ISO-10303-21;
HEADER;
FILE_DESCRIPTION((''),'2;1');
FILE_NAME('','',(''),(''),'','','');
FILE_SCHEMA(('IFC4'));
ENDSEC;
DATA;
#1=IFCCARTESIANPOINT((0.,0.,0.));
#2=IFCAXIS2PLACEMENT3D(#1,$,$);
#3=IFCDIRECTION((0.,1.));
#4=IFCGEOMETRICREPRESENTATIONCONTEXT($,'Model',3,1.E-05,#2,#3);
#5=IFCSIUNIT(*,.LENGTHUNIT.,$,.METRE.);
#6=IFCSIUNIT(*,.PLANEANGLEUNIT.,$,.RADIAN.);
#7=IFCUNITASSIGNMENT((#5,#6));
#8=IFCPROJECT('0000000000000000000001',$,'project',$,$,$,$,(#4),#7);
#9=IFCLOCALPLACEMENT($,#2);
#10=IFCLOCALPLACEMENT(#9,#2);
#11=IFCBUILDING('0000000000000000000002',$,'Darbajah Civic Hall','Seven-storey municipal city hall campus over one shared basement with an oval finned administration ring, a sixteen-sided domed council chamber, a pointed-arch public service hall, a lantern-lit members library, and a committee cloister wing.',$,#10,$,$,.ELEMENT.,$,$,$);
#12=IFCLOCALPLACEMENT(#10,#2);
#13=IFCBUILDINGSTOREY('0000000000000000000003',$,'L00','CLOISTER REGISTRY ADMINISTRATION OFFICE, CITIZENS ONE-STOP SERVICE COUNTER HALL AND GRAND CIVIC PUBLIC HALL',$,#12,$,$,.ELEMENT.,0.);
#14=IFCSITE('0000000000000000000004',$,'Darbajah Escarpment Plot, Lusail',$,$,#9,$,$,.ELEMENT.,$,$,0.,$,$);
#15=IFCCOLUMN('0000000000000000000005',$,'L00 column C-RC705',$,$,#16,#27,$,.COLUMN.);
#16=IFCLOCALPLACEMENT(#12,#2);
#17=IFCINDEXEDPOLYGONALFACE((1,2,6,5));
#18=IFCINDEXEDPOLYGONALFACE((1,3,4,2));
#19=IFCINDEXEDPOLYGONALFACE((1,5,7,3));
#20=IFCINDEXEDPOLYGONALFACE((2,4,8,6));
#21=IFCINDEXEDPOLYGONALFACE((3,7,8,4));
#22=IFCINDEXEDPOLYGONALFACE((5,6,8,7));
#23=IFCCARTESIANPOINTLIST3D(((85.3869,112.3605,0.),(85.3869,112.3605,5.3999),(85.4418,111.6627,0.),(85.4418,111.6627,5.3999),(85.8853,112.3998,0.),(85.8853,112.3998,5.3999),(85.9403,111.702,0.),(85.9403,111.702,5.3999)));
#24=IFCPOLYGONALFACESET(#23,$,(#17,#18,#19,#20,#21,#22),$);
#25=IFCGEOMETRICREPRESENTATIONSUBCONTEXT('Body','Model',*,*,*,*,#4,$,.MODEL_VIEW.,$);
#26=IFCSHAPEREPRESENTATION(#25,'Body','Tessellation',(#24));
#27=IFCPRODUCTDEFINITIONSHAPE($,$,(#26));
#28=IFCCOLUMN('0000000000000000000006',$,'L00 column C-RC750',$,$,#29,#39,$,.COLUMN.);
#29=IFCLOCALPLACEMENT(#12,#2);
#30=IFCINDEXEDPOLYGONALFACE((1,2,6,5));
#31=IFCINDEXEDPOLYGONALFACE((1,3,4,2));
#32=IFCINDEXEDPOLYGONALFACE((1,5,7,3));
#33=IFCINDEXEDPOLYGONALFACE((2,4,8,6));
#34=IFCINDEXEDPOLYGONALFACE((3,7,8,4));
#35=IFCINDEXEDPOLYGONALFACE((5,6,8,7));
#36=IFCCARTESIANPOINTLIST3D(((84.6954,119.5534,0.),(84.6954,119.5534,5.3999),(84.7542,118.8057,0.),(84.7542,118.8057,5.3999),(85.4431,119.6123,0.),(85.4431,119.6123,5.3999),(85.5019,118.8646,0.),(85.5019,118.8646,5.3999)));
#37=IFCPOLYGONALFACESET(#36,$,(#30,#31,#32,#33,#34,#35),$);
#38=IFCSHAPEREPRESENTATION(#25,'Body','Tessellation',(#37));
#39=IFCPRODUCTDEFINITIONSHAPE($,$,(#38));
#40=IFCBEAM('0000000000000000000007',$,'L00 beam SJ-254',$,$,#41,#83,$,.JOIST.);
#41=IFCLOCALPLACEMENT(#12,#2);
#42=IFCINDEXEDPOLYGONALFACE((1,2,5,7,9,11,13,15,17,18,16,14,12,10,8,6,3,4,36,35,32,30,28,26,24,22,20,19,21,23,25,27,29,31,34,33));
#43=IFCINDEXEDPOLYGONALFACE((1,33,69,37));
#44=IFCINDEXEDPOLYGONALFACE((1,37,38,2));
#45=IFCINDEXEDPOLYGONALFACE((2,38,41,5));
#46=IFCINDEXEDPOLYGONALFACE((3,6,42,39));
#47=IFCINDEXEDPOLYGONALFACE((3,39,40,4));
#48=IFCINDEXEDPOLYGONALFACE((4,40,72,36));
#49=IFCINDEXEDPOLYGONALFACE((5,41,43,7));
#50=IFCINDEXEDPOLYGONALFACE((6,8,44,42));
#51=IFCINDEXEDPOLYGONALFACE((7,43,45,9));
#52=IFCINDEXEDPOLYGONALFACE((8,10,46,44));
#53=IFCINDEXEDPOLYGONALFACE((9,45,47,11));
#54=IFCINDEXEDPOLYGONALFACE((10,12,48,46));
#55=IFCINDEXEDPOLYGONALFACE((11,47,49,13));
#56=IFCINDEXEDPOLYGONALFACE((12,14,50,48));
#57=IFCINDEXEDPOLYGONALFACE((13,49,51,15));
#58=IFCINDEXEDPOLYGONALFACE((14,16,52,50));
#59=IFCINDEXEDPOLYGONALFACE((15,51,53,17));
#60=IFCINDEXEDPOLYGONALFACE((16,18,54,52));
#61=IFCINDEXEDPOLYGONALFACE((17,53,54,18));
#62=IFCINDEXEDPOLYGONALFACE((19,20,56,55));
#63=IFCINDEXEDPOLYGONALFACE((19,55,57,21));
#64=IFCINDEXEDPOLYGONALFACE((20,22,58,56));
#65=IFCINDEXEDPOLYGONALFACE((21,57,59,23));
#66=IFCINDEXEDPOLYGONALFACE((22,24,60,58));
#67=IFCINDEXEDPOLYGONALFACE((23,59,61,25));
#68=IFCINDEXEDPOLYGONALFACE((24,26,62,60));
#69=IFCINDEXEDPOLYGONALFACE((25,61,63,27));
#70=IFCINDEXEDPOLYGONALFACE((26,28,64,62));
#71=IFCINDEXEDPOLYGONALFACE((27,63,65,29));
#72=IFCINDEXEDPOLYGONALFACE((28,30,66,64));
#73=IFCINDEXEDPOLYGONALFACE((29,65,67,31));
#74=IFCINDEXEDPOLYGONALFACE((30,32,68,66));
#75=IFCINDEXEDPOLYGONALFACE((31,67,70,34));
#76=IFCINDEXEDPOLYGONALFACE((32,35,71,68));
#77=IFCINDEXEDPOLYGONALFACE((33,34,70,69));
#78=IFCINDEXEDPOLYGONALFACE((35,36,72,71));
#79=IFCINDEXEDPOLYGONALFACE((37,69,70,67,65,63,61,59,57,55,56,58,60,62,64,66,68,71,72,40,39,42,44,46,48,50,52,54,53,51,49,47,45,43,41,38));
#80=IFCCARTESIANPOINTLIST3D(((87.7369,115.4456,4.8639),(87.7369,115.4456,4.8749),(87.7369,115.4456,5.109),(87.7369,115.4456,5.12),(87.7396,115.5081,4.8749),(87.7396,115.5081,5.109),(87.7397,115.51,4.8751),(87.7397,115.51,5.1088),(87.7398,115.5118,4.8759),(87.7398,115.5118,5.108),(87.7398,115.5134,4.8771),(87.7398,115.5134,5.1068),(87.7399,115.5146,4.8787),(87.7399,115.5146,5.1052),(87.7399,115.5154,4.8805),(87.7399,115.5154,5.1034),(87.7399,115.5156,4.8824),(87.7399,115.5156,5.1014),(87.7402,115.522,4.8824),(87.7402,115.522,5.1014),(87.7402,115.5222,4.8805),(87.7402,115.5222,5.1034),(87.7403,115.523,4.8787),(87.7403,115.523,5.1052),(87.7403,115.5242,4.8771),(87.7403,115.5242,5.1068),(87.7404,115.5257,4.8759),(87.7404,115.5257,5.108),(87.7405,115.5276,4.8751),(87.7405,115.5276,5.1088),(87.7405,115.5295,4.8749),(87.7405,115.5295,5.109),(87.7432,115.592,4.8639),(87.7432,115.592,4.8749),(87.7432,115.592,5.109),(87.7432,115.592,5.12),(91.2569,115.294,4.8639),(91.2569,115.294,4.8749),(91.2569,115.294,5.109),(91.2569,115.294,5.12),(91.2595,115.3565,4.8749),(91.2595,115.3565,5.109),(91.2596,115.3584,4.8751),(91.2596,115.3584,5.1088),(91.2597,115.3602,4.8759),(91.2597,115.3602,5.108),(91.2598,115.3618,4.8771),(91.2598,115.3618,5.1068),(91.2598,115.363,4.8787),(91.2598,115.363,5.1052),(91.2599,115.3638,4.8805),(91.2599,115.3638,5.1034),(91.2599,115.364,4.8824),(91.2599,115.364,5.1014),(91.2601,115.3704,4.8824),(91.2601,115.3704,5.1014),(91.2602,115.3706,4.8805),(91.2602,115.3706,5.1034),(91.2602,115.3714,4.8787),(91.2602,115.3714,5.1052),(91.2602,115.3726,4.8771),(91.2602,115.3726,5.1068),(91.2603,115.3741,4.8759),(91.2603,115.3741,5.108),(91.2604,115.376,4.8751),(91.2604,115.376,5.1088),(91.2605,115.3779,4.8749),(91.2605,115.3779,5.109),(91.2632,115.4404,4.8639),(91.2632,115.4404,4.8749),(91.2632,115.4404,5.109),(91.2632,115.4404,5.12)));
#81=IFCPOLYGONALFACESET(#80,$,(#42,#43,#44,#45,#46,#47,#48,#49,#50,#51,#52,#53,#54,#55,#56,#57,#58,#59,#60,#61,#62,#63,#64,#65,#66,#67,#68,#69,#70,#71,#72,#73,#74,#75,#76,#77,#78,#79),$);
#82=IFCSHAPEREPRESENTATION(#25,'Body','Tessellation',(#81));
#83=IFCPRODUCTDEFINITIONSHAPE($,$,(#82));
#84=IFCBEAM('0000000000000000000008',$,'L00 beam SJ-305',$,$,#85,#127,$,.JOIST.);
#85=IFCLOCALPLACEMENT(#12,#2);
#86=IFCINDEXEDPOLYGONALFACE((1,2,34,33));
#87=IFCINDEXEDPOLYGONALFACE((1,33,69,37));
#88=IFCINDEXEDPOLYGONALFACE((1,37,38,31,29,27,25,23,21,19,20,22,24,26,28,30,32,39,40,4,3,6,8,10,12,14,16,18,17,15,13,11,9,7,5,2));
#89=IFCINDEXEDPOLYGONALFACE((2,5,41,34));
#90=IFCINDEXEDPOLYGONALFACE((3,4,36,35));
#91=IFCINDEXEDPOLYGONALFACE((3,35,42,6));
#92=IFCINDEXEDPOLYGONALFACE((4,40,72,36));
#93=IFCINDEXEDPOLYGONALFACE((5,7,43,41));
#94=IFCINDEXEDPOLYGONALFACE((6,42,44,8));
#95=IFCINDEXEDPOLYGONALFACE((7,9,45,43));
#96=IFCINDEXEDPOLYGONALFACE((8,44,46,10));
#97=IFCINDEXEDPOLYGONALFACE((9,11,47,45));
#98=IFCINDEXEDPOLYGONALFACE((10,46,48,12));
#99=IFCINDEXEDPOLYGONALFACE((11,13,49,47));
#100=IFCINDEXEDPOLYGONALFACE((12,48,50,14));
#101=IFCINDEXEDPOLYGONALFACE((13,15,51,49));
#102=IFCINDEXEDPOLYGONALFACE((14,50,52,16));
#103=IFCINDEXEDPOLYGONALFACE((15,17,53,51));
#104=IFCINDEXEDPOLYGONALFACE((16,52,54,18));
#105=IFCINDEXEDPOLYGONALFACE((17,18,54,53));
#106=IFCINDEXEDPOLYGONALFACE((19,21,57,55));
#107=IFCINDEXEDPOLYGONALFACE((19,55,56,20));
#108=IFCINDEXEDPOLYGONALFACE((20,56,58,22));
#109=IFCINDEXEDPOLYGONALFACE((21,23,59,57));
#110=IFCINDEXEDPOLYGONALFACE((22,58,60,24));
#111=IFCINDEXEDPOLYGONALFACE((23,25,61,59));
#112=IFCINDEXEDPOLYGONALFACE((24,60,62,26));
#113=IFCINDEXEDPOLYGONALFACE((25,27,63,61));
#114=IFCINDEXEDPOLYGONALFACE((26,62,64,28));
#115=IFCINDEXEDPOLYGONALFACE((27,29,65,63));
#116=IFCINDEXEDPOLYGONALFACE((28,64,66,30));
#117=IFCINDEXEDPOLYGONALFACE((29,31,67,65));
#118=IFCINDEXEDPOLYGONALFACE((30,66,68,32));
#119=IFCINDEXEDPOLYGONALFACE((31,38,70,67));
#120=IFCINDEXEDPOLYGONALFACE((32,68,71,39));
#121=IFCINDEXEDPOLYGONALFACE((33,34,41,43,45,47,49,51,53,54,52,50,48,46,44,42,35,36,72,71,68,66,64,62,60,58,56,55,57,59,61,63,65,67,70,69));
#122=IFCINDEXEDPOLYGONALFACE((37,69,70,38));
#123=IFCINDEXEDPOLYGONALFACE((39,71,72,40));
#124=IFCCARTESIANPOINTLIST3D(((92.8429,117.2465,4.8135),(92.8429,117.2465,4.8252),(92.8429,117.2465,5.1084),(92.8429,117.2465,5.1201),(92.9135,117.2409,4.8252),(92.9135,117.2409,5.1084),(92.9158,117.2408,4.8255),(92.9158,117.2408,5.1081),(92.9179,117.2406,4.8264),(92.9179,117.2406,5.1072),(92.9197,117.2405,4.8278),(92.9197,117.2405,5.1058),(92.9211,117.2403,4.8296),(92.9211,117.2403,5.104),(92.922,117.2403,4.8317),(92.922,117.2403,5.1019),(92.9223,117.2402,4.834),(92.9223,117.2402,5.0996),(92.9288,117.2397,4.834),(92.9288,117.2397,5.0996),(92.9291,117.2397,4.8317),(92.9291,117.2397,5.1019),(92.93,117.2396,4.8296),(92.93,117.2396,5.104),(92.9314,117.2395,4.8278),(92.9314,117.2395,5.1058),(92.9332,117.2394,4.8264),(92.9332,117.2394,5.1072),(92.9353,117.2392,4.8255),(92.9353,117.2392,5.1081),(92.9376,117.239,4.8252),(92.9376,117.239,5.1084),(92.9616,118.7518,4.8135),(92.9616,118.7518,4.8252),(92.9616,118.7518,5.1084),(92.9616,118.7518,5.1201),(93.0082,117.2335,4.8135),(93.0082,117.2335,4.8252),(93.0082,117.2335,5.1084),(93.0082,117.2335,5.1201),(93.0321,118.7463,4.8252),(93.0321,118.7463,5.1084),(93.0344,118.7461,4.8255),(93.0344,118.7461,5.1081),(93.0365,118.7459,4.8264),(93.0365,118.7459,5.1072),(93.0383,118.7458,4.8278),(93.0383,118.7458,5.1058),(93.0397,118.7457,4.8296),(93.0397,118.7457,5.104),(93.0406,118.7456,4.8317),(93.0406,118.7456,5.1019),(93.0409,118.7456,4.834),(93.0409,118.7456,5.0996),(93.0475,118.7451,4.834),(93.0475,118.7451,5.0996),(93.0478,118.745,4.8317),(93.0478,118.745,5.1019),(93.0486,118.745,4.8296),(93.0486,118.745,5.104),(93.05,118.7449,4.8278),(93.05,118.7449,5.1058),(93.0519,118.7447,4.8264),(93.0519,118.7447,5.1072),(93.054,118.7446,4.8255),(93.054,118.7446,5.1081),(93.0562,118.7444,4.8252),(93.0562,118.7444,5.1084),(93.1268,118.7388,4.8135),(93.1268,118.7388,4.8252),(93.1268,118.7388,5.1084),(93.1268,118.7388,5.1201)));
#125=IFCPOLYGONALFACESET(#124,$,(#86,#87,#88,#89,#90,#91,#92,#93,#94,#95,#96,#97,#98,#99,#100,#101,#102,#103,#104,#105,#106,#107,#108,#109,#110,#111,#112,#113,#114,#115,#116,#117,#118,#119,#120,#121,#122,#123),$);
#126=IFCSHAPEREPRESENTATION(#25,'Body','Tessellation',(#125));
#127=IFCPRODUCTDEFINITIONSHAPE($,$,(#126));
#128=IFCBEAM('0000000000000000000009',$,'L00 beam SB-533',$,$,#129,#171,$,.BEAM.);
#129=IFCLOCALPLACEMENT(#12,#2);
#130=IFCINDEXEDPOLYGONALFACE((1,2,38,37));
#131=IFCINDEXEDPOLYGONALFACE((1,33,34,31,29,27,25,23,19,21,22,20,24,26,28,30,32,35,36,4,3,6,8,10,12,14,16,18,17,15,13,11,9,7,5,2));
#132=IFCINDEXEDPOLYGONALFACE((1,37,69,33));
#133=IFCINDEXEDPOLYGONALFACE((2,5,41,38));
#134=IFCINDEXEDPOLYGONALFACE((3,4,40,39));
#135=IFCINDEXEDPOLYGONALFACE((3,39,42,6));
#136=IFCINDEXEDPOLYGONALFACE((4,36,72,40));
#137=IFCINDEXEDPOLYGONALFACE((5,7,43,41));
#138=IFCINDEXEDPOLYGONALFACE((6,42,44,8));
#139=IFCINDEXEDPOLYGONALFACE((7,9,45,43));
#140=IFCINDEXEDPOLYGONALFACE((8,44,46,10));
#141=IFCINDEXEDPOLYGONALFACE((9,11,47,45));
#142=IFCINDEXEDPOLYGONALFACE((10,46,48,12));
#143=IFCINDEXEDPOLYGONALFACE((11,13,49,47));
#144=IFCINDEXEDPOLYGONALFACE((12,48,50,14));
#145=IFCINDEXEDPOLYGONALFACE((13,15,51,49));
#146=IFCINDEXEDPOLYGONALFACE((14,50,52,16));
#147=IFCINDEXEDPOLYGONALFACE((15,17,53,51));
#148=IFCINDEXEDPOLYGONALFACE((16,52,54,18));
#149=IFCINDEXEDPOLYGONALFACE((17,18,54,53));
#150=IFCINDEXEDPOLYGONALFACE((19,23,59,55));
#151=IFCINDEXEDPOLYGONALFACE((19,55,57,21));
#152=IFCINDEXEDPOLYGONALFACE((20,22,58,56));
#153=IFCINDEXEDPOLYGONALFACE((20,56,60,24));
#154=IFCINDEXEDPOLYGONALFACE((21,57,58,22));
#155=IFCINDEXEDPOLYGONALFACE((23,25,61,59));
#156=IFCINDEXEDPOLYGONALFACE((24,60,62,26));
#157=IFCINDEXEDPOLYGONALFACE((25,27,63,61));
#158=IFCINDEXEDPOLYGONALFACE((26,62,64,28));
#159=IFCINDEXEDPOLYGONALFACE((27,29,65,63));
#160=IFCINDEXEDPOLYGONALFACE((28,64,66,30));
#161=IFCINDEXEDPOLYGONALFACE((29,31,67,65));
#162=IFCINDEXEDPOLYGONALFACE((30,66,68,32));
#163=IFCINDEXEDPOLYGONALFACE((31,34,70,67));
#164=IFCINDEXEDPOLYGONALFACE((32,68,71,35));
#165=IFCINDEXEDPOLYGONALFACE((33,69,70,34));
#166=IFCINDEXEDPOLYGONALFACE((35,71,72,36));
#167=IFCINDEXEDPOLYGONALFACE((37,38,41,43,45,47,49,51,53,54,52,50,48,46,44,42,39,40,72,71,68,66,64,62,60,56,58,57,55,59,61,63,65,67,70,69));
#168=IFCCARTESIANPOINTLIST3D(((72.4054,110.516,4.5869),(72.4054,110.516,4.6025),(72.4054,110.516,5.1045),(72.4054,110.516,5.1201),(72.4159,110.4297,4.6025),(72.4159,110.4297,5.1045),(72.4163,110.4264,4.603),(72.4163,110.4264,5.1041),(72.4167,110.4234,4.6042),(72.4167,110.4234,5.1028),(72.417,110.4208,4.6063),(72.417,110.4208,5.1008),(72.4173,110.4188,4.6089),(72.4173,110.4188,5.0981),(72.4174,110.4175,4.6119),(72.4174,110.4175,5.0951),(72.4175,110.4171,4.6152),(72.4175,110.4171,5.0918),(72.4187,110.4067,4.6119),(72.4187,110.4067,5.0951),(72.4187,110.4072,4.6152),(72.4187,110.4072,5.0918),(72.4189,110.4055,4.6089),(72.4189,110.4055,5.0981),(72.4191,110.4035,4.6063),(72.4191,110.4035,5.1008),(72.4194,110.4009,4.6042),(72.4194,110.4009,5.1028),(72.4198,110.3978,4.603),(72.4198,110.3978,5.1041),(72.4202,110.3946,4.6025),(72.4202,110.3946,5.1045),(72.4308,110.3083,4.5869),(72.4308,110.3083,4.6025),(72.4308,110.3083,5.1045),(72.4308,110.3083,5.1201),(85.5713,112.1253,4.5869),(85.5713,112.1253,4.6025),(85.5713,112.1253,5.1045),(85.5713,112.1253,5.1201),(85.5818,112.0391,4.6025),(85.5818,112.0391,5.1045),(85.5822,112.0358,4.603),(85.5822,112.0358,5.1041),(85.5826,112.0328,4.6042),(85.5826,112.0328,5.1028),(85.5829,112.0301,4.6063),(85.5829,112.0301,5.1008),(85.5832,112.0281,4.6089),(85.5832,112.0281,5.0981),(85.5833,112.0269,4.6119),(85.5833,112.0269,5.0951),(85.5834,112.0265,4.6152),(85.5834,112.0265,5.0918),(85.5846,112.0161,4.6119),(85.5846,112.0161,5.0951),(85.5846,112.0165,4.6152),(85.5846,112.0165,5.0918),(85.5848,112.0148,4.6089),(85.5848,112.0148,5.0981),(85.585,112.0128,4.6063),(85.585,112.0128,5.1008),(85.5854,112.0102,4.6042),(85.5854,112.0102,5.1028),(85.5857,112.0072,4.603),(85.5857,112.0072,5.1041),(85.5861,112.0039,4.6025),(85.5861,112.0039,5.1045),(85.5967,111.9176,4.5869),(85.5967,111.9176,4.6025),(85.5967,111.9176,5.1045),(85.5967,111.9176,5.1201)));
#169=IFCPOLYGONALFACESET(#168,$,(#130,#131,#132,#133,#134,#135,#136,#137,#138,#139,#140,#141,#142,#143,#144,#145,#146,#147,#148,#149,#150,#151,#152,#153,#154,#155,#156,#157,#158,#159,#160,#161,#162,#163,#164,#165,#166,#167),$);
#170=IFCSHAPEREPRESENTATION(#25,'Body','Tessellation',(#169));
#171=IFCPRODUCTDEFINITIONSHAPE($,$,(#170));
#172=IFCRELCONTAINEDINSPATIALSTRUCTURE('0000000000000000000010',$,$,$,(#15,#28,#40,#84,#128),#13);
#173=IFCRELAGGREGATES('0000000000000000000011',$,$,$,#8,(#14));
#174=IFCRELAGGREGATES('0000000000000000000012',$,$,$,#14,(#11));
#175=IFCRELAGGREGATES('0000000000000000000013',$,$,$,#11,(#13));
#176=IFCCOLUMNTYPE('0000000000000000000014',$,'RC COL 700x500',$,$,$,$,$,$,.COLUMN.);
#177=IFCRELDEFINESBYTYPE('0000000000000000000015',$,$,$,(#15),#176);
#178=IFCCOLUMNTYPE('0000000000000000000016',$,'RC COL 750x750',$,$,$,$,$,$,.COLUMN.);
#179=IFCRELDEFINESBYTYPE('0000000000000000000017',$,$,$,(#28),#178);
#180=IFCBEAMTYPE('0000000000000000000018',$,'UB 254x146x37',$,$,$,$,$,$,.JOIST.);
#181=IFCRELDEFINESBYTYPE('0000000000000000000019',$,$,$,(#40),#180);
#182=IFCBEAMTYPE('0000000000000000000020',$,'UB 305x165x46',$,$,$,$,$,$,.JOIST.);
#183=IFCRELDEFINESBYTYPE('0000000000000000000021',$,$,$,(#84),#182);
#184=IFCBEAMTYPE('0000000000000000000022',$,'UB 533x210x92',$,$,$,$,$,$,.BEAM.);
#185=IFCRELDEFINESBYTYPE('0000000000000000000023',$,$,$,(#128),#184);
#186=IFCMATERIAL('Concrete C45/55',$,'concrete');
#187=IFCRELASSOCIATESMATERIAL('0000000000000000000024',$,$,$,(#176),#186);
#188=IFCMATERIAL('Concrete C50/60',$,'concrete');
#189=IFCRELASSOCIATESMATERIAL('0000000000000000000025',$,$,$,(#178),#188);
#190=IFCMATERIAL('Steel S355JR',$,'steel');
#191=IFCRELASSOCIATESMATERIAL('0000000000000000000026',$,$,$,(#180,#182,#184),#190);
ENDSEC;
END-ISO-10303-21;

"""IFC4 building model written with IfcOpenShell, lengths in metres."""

from ifc_helpers import new_model, si_unit, direction, frame, origin, origin_2d, place, context, subcontext, project, spatial, rectangle, i_section, extrude, material, material_profile, profile_set, type_object, element, save


model = new_model("IFC4")

# Units and contexts
model_context = context("Model", 3, precision=1e-05, world=origin(), true_north=direction((0.0, 1.0)))
body_context = subcontext(model_context, "Body", "Model", "MODEL_VIEW")
ifc_project = project(units=[si_unit("LENGTHUNIT", "METRE"), si_unit("PLANEANGLEUNIT", "RADIAN")], contexts=[model_context])

# Site, building, storey
site_placement = place(None, origin())
site = spatial("IfcSite", under=ifc_project, at=site_placement, Name="Darbajah Escarpment Plot, Lusail", CompositionType="ELEMENT", RefElevation=0.0)
building_placement = place(site_placement, origin())
building = spatial("IfcBuilding", under=site, at=building_placement, Name="Darbajah Civic Hall", Description="Seven-storey municipal city hall campus over one shared basement with an oval finned administration ring, a sixteen-sided domed council chamber, a pointed-arch public service hall, a lantern-lit members library, and a committee cloister wing.", CompositionType="ELEMENT")
storey_placement = place(building_placement, origin())
storey = spatial("IfcBuildingStorey", under=building, at=storey_placement, Name="L00", Description="CLOISTER REGISTRY ADMINISTRATION OFFICE, CITIZENS ONE-STOP SERVICE COUNTER HALL AND GRAND CIVIC PUBLIC HALL", CompositionType="ELEMENT", Elevation=0.0)

# Columns
ifc_material_1 = material(Name="Concrete C45/55", Category="concrete")
ifc_material_profile_1 = material_profile(ifc_material_1, rectangle(XDim=0.7, YDim=0.5, at=origin_2d()), Name="RC COL 700x500")
ifc_profile_set_1 = profile_set([ifc_material_profile_1], Name="Concrete C45/55")
column_type_1 = type_object("IfcColumnType", Name="RC COL 700x500", PredefinedType="COLUMN", material=ifc_profile_set_1)
column_1_placement = place(storey_placement, frame((85.6636, 112.0312, 0.0), z_axis=(0.0, 0.0, 1.0), x_axis=(-0.078459, 0.996917, 0.0)))
element("IfcColumn", 1, at=column_1_placement, inside=storey, type_object=column_type_1, Name="L00 column C-RC705", PredefinedType="COLUMN", context=body_context, shape_type="SweptSolid", body=[
    extrude(rectangle(XDim=0.7, YDim=0.5, at=origin_2d()), origin(), (0.0, 0.0, 1.0), 5.3999),
])
ifc_material_2 = material(Name="Concrete C50/60", Category="concrete")
ifc_material_profile_2 = material_profile(ifc_material_2, rectangle(XDim=0.75, YDim=0.75, at=origin_2d()), Name="RC COL 750x750")
ifc_profile_set_2 = profile_set([ifc_material_profile_2], Name="Concrete C50/60")
column_type_2 = type_object("IfcColumnType", Name="RC COL 750x750", PredefinedType="COLUMN", material=ifc_profile_set_2)
column_2_placement = place(storey_placement, frame((85.0986, 119.209, 0.0), z_axis=(0.0, 0.0, 1.0), x_axis=(-0.078459, 0.996917, 0.0)))
element("IfcColumn", 2, at=column_2_placement, inside=storey, type_object=column_type_2, Name="L00 column C-RC750", PredefinedType="COLUMN", context=body_context, shape_type="SweptSolid", body=[
    extrude(rectangle(XDim=0.75, YDim=0.75, at=origin_2d()), origin(), (0.0, 0.0, 1.0), 5.3999),
])

# Beams
ifc_material_3 = material(Name="Steel S355JR", Category="steel")
ifc_material_profile_3 = material_profile(ifc_material_3, i_section(OverallWidth=0.1465, OverallDepth=0.2561, WebThickness=0.0063, FlangeThickness=0.011, FilletRadius=0.0076, at=origin_2d()), Name="UB 254x146x37")
ifc_profile_set_3 = profile_set([ifc_material_profile_3], Name="Steel S355JR")
beam_type_1 = type_object("IfcBeamType", Name="UB 254x146x37", PredefinedType="JOIST", material=ifc_profile_set_3)
beam_1_placement = place(storey_placement, frame((91.26, 115.3672, 4.9919), z_axis=(-0.999074, 0.043031, 0.0), x_axis=(-0.043031, -0.999074, 0.0)))
element("IfcBeam", 3, at=beam_1_placement, inside=storey, type_object=beam_type_1, Name="L00 beam SJ-254", PredefinedType="JOIST", context=body_context, shape_type="SweptSolid", body=[
    extrude(i_section(OverallWidth=0.1465, OverallDepth=0.2561, WebThickness=0.0063, FlangeThickness=0.011, FilletRadius=0.0076, at=origin_2d()), origin(), (0.0, 0.0, 1.0), 3.5232),
])
ifc_material_profile_4 = material_profile(ifc_material_3, i_section(OverallWidth=0.1658, OverallDepth=0.3066, WebThickness=0.0066, FlangeThickness=0.0117, FilletRadius=0.0088, at=origin_2d()), Name="UB 305x165x46")
ifc_profile_set_4 = profile_set([ifc_material_profile_4], Name="Steel S355JR")
beam_type_2 = type_object("IfcBeamType", Name="UB 305x165x46", PredefinedType="JOIST", material=ifc_profile_set_4)
beam_2_placement = place(storey_placement, frame((92.9255, 117.24, 4.9668), z_axis=(0.078576, 0.996908, 0.0), x_axis=(-0.996908, 0.078576, 0.0)))
element("IfcBeam", 4, at=beam_2_placement, inside=storey, type_object=beam_type_2, Name="L00 beam SJ-305", PredefinedType="JOIST", context=body_context, shape_type="SweptSolid", body=[
    extrude(i_section(OverallWidth=0.1658, OverallDepth=0.3066, WebThickness=0.0066, FlangeThickness=0.0117, FilletRadius=0.0088, at=origin_2d()), origin(), (0.0, 0.0, 1.0), 1.51),
])
ifc_material_profile_5 = material_profile(ifc_material_3, i_section(OverallWidth=0.2092, OverallDepth=0.5332, WebThickness=0.01, FlangeThickness=0.0156, FilletRadius=0.0127, at=origin_2d()), Name="UB 533x210x92")
ifc_profile_set_5 = profile_set([ifc_material_profile_5], Name="Steel S355JR")
beam_type_3 = type_object("IfcBeamType", Name="UB 533x210x92", PredefinedType="BEAM", material=ifc_profile_set_5)
beam_3_placement = place(storey_placement, frame((85.584, 112.0215, 4.8535), z_axis=(-0.992612, -0.121334, 0.0), x_axis=(0.121334, -0.992612, 0.0)))
element("IfcBeam", 5, at=beam_3_placement, inside=storey, type_object=beam_type_3, Name="L00 beam SB-533", PredefinedType="BEAM", context=body_context, shape_type="SweptSolid", body=[
    extrude(i_section(OverallWidth=0.2092, OverallDepth=0.5332, WebThickness=0.01, FlangeThickness=0.0156, FilletRadius=0.0127, at=origin_2d()), origin(), (0.0, 0.0, 1.0), 13.2639),
])

save(model, "model.ifc")
